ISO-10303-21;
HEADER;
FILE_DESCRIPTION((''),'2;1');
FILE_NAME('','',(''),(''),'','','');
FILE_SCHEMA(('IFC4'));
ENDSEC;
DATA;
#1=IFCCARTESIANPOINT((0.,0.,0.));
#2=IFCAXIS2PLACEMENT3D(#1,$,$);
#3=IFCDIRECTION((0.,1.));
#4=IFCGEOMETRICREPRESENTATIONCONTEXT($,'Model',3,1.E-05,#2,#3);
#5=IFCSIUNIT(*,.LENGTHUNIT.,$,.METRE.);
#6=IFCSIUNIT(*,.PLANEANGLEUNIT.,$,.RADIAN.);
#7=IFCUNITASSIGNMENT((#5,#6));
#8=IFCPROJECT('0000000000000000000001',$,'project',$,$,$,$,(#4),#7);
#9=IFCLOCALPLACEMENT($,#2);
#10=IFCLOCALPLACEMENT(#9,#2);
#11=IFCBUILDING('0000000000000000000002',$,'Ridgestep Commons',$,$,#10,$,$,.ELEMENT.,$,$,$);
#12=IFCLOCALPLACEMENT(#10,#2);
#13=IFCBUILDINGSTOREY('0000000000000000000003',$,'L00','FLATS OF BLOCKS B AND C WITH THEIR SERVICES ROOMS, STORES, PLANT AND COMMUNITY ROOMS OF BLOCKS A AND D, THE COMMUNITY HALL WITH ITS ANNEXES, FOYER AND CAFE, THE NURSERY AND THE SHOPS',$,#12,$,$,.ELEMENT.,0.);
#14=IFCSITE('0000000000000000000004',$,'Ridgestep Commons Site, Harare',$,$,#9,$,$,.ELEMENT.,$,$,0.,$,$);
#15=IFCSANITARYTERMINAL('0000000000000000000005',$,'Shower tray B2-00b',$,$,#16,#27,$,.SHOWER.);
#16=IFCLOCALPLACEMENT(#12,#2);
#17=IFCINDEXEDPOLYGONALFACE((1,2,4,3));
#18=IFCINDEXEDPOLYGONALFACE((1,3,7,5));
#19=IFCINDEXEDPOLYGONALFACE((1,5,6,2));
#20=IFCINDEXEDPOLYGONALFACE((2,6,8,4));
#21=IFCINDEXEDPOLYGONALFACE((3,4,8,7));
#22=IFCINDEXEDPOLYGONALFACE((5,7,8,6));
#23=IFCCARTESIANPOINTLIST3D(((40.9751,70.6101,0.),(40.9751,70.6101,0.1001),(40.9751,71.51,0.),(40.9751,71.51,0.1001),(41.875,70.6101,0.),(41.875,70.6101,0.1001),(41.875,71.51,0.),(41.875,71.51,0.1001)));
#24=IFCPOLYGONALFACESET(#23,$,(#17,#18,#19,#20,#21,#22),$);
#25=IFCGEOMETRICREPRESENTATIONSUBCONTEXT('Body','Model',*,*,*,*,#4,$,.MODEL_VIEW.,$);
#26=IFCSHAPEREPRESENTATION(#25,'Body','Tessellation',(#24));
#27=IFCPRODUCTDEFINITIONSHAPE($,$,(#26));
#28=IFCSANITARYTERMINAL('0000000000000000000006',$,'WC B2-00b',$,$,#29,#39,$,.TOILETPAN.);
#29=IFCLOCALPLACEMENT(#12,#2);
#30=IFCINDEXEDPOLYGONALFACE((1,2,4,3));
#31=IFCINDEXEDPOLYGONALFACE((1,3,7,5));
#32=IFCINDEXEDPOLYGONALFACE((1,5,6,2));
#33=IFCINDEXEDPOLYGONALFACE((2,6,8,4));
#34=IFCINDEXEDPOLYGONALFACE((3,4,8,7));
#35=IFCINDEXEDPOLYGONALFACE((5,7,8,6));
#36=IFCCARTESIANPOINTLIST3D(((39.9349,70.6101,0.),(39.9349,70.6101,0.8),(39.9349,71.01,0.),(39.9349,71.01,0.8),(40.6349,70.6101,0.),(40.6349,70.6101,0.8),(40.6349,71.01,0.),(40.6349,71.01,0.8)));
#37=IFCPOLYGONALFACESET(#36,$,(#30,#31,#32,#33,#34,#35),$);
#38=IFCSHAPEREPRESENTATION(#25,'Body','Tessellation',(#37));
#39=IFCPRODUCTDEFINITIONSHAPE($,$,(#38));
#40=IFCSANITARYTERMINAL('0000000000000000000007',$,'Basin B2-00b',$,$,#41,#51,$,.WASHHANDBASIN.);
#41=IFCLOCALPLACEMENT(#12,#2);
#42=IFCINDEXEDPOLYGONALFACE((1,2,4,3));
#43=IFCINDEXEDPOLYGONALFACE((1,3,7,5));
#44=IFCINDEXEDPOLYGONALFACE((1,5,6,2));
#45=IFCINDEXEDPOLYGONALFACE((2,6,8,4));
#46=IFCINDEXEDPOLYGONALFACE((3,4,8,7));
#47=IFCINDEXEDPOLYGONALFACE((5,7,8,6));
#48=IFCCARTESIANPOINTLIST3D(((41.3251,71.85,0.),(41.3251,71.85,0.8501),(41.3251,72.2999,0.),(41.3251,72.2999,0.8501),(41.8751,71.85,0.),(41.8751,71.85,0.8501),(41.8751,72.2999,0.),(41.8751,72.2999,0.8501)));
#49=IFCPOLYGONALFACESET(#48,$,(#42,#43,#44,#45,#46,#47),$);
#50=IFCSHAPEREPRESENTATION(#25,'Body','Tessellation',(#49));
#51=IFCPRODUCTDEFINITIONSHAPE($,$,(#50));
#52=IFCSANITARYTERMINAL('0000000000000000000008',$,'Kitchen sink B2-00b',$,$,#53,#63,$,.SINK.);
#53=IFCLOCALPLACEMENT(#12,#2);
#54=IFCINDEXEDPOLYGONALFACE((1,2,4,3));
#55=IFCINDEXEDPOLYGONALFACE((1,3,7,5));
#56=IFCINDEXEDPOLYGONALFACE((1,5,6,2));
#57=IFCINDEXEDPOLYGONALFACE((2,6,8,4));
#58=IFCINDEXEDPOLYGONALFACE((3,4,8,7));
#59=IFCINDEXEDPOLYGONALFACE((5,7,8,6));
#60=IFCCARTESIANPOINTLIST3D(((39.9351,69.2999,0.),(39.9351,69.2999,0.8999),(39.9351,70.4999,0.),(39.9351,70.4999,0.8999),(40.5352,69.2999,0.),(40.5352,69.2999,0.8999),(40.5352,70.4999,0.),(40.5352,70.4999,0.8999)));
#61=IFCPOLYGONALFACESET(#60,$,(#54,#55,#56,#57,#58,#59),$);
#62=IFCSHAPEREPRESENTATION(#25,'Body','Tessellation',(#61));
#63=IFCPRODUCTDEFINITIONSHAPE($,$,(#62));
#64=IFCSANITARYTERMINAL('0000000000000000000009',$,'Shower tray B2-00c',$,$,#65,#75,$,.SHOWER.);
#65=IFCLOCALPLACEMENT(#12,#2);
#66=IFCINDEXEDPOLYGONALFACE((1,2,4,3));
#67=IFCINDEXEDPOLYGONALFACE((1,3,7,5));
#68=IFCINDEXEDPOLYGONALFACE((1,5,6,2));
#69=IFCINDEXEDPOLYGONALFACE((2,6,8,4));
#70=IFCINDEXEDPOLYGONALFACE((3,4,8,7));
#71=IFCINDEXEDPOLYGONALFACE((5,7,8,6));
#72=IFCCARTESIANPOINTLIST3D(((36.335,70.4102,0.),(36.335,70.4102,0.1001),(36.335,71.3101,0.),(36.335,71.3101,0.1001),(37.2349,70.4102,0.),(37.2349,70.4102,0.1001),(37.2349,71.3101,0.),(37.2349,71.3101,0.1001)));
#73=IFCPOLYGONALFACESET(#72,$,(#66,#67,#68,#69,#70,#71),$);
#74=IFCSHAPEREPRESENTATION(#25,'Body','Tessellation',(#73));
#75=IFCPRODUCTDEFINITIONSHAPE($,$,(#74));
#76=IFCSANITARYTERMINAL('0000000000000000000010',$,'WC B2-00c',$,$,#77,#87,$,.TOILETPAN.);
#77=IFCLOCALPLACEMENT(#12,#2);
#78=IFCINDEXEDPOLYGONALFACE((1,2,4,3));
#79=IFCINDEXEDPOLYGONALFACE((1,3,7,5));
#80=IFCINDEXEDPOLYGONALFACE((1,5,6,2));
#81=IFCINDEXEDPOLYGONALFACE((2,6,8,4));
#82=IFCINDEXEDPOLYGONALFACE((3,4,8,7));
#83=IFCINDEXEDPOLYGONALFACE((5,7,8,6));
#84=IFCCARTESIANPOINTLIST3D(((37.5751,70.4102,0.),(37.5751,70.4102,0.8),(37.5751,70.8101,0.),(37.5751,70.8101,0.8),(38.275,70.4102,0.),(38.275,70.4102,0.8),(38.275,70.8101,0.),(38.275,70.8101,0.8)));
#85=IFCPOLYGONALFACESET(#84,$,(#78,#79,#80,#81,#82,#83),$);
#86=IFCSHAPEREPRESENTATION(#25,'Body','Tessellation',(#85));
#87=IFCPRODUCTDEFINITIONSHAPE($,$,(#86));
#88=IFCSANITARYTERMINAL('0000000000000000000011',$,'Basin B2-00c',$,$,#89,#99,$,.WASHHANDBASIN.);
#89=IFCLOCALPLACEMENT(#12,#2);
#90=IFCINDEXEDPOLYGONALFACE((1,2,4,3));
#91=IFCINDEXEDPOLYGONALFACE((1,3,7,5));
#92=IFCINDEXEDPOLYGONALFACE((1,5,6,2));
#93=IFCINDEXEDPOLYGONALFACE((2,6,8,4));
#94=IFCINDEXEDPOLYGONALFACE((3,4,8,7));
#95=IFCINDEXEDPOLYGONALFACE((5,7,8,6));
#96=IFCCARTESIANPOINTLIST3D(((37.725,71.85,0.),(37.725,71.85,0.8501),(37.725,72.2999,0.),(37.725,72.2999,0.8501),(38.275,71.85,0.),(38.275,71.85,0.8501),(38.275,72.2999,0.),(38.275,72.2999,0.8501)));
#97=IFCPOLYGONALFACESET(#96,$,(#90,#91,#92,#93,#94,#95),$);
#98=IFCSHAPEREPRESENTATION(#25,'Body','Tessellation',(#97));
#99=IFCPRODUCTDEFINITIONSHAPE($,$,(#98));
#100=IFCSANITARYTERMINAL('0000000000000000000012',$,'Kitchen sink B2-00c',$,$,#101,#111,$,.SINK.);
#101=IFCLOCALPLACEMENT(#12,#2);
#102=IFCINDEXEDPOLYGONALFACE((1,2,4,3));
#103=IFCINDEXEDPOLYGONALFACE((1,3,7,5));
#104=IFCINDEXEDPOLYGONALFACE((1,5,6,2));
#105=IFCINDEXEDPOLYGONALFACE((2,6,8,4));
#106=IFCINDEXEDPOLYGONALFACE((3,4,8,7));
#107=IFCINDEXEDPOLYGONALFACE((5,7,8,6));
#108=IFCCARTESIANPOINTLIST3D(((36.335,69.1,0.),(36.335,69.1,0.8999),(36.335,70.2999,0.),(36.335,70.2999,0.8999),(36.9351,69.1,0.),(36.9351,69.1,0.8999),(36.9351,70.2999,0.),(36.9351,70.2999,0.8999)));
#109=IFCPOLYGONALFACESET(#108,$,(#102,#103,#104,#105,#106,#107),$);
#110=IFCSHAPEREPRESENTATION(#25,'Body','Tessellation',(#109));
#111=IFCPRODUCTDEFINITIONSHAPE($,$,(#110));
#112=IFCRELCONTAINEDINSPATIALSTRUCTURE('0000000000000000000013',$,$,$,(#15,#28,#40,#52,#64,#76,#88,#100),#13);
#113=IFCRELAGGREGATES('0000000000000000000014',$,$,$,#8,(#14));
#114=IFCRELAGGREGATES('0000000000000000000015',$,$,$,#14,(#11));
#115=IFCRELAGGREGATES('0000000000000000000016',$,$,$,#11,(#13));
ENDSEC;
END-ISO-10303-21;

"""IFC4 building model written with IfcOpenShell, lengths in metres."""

from ifc_helpers import new_model, si_unit, direction, frame, origin, origin_2d, place, context, subcontext, project, spatial, rectangle, extrude, element, save


model = new_model("IFC4")

# Units and contexts
model_context = context("Model", 3, precision=1e-05, world=origin(), true_north=direction((0.0, 1.0)))
body_context = subcontext(model_context, "Body", "Model", "MODEL_VIEW")
ifc_project = project(units=[si_unit("LENGTHUNIT", "METRE"), si_unit("PLANEANGLEUNIT", "RADIAN")], contexts=[model_context])

# Site, building, storey
site_placement = place(None, origin())
site = spatial("IfcSite", under=ifc_project, at=site_placement, Name="Ridgestep Commons Site, Harare", CompositionType="ELEMENT", RefElevation=0.0)
building_placement = place(site_placement, origin())
building = spatial("IfcBuilding", under=site, at=building_placement, Name="Ridgestep Commons", CompositionType="ELEMENT")
storey_placement = place(building_placement, origin())
storey = spatial("IfcBuildingStorey", under=building, at=storey_placement, Name="L00", Description="FLATS OF BLOCKS B AND C WITH THEIR SERVICES ROOMS, STORES, PLANT AND COMMUNITY ROOMS OF BLOCKS A AND D, THE COMMUNITY HALL WITH ITS ANNEXES, FOYER AND CAFE, THE NURSERY AND THE SHOPS", CompositionType="ELEMENT", Elevation=0.0)

# Sanitary terminals
sanitary_terminal_1_placement = place(storey_placement, frame((41.425, 71.0601, 0.0), z_axis=(0.0, 0.0, 1.0), x_axis=(1.0, 0.0, 0.0)))
element("IfcSanitaryTerminal", 1, at=sanitary_terminal_1_placement, inside=storey, Name="Shower tray B2-00b", PredefinedType="SHOWER", context=body_context, shape_type="SweptSolid", body=[
    extrude(rectangle(XDim=0.8999, YDim=0.8999, at=origin_2d()), origin(), (0.0, 0.0, 1.0), 0.1001),
])
sanitary_terminal_2_placement = place(storey_placement, frame((40.2849, 70.8101, 0.0), z_axis=(0.0, 0.0, 1.0), x_axis=(1.0, 0.0, 0.0)))
element("IfcSanitaryTerminal", 2, at=sanitary_terminal_2_placement, inside=storey, Name="WC B2-00b", PredefinedType="TOILETPAN", context=body_context, shape_type="SweptSolid", body=[
    extrude(rectangle(XDim=0.7, YDim=0.3999, at=origin_2d()), origin(), (0.0, 0.0, 1.0), 0.8),
])
sanitary_terminal_3_placement = place(storey_placement, frame((41.6001, 72.075, 0.0), z_axis=(0.0, 0.0, 1.0), x_axis=(1.0, 0.0, 0.0)))
element("IfcSanitaryTerminal", 3, at=sanitary_terminal_3_placement, inside=storey, Name="Basin B2-00b", PredefinedType="WASHHANDBASIN", context=body_context, shape_type="SweptSolid", body=[
    extrude(rectangle(XDim=0.55, YDim=0.45, at=origin_2d()), origin(), (0.0, 0.0, 1.0), 0.8501),
])
sanitary_terminal_4_placement = place(storey_placement, frame((40.2351, 69.8999, 0.0), z_axis=(0.0, 0.0, 1.0), x_axis=(1.0, 0.0, 0.0)))
element("IfcSanitaryTerminal", 4, at=sanitary_terminal_4_placement, inside=storey, Name="Kitchen sink B2-00b", PredefinedType="SINK", context=body_context, shape_type="SweptSolid", body=[
    extrude(rectangle(XDim=0.6001, YDim=1.2, at=origin_2d()), origin(), (0.0, 0.0, 1.0), 0.8999),
])
sanitary_terminal_5_placement = place(storey_placement, frame((36.7849, 70.8601, 0.0), z_axis=(0.0, 0.0, 1.0), x_axis=(1.0, 0.0, 0.0)))
element("IfcSanitaryTerminal", 5, at=sanitary_terminal_5_placement, inside=storey, Name="Shower tray B2-00c", PredefinedType="SHOWER", context=body_context, shape_type="SweptSolid", body=[
    extrude(rectangle(XDim=0.8999, YDim=0.8999, at=origin_2d()), origin(), (0.0, 0.0, 1.0), 0.1001),
])
sanitary_terminal_6_placement = place(storey_placement, frame((37.925, 70.6101, 0.0), z_axis=(0.0, 0.0, 1.0), x_axis=(1.0, 0.0, 0.0)))
element("IfcSanitaryTerminal", 6, at=sanitary_terminal_6_placement, inside=storey, Name="WC B2-00c", PredefinedType="TOILETPAN", context=body_context, shape_type="SweptSolid", body=[
    extrude(rectangle(XDim=0.7, YDim=0.3999, at=origin_2d()), origin(), (0.0, 0.0, 1.0), 0.8),
])
sanitary_terminal_7_placement = place(storey_placement, frame((38.0, 72.075, 0.0), z_axis=(0.0, 0.0, 1.0), x_axis=(1.0, 0.0, 0.0)))
element("IfcSanitaryTerminal", 7, at=sanitary_terminal_7_placement, inside=storey, Name="Basin B2-00c", PredefinedType="WASHHANDBASIN", context=body_context, shape_type="SweptSolid", body=[
    extrude(rectangle(XDim=0.55, YDim=0.45, at=origin_2d()), origin(), (0.0, 0.0, 1.0), 0.8501),
])
sanitary_terminal_8_placement = place(storey_placement, frame((36.635, 69.7, 0.0), z_axis=(0.0, 0.0, 1.0), x_axis=(1.0, 0.0, 0.0)))
element("IfcSanitaryTerminal", 8, at=sanitary_terminal_8_placement, inside=storey, Name="Kitchen sink B2-00c", PredefinedType="SINK", context=body_context, shape_type="SweptSolid", body=[
    extrude(rectangle(XDim=0.6001, YDim=1.2, at=origin_2d()), origin(), (0.0, 0.0, 1.0), 0.8999),
])

save(model, "model.ifc")
